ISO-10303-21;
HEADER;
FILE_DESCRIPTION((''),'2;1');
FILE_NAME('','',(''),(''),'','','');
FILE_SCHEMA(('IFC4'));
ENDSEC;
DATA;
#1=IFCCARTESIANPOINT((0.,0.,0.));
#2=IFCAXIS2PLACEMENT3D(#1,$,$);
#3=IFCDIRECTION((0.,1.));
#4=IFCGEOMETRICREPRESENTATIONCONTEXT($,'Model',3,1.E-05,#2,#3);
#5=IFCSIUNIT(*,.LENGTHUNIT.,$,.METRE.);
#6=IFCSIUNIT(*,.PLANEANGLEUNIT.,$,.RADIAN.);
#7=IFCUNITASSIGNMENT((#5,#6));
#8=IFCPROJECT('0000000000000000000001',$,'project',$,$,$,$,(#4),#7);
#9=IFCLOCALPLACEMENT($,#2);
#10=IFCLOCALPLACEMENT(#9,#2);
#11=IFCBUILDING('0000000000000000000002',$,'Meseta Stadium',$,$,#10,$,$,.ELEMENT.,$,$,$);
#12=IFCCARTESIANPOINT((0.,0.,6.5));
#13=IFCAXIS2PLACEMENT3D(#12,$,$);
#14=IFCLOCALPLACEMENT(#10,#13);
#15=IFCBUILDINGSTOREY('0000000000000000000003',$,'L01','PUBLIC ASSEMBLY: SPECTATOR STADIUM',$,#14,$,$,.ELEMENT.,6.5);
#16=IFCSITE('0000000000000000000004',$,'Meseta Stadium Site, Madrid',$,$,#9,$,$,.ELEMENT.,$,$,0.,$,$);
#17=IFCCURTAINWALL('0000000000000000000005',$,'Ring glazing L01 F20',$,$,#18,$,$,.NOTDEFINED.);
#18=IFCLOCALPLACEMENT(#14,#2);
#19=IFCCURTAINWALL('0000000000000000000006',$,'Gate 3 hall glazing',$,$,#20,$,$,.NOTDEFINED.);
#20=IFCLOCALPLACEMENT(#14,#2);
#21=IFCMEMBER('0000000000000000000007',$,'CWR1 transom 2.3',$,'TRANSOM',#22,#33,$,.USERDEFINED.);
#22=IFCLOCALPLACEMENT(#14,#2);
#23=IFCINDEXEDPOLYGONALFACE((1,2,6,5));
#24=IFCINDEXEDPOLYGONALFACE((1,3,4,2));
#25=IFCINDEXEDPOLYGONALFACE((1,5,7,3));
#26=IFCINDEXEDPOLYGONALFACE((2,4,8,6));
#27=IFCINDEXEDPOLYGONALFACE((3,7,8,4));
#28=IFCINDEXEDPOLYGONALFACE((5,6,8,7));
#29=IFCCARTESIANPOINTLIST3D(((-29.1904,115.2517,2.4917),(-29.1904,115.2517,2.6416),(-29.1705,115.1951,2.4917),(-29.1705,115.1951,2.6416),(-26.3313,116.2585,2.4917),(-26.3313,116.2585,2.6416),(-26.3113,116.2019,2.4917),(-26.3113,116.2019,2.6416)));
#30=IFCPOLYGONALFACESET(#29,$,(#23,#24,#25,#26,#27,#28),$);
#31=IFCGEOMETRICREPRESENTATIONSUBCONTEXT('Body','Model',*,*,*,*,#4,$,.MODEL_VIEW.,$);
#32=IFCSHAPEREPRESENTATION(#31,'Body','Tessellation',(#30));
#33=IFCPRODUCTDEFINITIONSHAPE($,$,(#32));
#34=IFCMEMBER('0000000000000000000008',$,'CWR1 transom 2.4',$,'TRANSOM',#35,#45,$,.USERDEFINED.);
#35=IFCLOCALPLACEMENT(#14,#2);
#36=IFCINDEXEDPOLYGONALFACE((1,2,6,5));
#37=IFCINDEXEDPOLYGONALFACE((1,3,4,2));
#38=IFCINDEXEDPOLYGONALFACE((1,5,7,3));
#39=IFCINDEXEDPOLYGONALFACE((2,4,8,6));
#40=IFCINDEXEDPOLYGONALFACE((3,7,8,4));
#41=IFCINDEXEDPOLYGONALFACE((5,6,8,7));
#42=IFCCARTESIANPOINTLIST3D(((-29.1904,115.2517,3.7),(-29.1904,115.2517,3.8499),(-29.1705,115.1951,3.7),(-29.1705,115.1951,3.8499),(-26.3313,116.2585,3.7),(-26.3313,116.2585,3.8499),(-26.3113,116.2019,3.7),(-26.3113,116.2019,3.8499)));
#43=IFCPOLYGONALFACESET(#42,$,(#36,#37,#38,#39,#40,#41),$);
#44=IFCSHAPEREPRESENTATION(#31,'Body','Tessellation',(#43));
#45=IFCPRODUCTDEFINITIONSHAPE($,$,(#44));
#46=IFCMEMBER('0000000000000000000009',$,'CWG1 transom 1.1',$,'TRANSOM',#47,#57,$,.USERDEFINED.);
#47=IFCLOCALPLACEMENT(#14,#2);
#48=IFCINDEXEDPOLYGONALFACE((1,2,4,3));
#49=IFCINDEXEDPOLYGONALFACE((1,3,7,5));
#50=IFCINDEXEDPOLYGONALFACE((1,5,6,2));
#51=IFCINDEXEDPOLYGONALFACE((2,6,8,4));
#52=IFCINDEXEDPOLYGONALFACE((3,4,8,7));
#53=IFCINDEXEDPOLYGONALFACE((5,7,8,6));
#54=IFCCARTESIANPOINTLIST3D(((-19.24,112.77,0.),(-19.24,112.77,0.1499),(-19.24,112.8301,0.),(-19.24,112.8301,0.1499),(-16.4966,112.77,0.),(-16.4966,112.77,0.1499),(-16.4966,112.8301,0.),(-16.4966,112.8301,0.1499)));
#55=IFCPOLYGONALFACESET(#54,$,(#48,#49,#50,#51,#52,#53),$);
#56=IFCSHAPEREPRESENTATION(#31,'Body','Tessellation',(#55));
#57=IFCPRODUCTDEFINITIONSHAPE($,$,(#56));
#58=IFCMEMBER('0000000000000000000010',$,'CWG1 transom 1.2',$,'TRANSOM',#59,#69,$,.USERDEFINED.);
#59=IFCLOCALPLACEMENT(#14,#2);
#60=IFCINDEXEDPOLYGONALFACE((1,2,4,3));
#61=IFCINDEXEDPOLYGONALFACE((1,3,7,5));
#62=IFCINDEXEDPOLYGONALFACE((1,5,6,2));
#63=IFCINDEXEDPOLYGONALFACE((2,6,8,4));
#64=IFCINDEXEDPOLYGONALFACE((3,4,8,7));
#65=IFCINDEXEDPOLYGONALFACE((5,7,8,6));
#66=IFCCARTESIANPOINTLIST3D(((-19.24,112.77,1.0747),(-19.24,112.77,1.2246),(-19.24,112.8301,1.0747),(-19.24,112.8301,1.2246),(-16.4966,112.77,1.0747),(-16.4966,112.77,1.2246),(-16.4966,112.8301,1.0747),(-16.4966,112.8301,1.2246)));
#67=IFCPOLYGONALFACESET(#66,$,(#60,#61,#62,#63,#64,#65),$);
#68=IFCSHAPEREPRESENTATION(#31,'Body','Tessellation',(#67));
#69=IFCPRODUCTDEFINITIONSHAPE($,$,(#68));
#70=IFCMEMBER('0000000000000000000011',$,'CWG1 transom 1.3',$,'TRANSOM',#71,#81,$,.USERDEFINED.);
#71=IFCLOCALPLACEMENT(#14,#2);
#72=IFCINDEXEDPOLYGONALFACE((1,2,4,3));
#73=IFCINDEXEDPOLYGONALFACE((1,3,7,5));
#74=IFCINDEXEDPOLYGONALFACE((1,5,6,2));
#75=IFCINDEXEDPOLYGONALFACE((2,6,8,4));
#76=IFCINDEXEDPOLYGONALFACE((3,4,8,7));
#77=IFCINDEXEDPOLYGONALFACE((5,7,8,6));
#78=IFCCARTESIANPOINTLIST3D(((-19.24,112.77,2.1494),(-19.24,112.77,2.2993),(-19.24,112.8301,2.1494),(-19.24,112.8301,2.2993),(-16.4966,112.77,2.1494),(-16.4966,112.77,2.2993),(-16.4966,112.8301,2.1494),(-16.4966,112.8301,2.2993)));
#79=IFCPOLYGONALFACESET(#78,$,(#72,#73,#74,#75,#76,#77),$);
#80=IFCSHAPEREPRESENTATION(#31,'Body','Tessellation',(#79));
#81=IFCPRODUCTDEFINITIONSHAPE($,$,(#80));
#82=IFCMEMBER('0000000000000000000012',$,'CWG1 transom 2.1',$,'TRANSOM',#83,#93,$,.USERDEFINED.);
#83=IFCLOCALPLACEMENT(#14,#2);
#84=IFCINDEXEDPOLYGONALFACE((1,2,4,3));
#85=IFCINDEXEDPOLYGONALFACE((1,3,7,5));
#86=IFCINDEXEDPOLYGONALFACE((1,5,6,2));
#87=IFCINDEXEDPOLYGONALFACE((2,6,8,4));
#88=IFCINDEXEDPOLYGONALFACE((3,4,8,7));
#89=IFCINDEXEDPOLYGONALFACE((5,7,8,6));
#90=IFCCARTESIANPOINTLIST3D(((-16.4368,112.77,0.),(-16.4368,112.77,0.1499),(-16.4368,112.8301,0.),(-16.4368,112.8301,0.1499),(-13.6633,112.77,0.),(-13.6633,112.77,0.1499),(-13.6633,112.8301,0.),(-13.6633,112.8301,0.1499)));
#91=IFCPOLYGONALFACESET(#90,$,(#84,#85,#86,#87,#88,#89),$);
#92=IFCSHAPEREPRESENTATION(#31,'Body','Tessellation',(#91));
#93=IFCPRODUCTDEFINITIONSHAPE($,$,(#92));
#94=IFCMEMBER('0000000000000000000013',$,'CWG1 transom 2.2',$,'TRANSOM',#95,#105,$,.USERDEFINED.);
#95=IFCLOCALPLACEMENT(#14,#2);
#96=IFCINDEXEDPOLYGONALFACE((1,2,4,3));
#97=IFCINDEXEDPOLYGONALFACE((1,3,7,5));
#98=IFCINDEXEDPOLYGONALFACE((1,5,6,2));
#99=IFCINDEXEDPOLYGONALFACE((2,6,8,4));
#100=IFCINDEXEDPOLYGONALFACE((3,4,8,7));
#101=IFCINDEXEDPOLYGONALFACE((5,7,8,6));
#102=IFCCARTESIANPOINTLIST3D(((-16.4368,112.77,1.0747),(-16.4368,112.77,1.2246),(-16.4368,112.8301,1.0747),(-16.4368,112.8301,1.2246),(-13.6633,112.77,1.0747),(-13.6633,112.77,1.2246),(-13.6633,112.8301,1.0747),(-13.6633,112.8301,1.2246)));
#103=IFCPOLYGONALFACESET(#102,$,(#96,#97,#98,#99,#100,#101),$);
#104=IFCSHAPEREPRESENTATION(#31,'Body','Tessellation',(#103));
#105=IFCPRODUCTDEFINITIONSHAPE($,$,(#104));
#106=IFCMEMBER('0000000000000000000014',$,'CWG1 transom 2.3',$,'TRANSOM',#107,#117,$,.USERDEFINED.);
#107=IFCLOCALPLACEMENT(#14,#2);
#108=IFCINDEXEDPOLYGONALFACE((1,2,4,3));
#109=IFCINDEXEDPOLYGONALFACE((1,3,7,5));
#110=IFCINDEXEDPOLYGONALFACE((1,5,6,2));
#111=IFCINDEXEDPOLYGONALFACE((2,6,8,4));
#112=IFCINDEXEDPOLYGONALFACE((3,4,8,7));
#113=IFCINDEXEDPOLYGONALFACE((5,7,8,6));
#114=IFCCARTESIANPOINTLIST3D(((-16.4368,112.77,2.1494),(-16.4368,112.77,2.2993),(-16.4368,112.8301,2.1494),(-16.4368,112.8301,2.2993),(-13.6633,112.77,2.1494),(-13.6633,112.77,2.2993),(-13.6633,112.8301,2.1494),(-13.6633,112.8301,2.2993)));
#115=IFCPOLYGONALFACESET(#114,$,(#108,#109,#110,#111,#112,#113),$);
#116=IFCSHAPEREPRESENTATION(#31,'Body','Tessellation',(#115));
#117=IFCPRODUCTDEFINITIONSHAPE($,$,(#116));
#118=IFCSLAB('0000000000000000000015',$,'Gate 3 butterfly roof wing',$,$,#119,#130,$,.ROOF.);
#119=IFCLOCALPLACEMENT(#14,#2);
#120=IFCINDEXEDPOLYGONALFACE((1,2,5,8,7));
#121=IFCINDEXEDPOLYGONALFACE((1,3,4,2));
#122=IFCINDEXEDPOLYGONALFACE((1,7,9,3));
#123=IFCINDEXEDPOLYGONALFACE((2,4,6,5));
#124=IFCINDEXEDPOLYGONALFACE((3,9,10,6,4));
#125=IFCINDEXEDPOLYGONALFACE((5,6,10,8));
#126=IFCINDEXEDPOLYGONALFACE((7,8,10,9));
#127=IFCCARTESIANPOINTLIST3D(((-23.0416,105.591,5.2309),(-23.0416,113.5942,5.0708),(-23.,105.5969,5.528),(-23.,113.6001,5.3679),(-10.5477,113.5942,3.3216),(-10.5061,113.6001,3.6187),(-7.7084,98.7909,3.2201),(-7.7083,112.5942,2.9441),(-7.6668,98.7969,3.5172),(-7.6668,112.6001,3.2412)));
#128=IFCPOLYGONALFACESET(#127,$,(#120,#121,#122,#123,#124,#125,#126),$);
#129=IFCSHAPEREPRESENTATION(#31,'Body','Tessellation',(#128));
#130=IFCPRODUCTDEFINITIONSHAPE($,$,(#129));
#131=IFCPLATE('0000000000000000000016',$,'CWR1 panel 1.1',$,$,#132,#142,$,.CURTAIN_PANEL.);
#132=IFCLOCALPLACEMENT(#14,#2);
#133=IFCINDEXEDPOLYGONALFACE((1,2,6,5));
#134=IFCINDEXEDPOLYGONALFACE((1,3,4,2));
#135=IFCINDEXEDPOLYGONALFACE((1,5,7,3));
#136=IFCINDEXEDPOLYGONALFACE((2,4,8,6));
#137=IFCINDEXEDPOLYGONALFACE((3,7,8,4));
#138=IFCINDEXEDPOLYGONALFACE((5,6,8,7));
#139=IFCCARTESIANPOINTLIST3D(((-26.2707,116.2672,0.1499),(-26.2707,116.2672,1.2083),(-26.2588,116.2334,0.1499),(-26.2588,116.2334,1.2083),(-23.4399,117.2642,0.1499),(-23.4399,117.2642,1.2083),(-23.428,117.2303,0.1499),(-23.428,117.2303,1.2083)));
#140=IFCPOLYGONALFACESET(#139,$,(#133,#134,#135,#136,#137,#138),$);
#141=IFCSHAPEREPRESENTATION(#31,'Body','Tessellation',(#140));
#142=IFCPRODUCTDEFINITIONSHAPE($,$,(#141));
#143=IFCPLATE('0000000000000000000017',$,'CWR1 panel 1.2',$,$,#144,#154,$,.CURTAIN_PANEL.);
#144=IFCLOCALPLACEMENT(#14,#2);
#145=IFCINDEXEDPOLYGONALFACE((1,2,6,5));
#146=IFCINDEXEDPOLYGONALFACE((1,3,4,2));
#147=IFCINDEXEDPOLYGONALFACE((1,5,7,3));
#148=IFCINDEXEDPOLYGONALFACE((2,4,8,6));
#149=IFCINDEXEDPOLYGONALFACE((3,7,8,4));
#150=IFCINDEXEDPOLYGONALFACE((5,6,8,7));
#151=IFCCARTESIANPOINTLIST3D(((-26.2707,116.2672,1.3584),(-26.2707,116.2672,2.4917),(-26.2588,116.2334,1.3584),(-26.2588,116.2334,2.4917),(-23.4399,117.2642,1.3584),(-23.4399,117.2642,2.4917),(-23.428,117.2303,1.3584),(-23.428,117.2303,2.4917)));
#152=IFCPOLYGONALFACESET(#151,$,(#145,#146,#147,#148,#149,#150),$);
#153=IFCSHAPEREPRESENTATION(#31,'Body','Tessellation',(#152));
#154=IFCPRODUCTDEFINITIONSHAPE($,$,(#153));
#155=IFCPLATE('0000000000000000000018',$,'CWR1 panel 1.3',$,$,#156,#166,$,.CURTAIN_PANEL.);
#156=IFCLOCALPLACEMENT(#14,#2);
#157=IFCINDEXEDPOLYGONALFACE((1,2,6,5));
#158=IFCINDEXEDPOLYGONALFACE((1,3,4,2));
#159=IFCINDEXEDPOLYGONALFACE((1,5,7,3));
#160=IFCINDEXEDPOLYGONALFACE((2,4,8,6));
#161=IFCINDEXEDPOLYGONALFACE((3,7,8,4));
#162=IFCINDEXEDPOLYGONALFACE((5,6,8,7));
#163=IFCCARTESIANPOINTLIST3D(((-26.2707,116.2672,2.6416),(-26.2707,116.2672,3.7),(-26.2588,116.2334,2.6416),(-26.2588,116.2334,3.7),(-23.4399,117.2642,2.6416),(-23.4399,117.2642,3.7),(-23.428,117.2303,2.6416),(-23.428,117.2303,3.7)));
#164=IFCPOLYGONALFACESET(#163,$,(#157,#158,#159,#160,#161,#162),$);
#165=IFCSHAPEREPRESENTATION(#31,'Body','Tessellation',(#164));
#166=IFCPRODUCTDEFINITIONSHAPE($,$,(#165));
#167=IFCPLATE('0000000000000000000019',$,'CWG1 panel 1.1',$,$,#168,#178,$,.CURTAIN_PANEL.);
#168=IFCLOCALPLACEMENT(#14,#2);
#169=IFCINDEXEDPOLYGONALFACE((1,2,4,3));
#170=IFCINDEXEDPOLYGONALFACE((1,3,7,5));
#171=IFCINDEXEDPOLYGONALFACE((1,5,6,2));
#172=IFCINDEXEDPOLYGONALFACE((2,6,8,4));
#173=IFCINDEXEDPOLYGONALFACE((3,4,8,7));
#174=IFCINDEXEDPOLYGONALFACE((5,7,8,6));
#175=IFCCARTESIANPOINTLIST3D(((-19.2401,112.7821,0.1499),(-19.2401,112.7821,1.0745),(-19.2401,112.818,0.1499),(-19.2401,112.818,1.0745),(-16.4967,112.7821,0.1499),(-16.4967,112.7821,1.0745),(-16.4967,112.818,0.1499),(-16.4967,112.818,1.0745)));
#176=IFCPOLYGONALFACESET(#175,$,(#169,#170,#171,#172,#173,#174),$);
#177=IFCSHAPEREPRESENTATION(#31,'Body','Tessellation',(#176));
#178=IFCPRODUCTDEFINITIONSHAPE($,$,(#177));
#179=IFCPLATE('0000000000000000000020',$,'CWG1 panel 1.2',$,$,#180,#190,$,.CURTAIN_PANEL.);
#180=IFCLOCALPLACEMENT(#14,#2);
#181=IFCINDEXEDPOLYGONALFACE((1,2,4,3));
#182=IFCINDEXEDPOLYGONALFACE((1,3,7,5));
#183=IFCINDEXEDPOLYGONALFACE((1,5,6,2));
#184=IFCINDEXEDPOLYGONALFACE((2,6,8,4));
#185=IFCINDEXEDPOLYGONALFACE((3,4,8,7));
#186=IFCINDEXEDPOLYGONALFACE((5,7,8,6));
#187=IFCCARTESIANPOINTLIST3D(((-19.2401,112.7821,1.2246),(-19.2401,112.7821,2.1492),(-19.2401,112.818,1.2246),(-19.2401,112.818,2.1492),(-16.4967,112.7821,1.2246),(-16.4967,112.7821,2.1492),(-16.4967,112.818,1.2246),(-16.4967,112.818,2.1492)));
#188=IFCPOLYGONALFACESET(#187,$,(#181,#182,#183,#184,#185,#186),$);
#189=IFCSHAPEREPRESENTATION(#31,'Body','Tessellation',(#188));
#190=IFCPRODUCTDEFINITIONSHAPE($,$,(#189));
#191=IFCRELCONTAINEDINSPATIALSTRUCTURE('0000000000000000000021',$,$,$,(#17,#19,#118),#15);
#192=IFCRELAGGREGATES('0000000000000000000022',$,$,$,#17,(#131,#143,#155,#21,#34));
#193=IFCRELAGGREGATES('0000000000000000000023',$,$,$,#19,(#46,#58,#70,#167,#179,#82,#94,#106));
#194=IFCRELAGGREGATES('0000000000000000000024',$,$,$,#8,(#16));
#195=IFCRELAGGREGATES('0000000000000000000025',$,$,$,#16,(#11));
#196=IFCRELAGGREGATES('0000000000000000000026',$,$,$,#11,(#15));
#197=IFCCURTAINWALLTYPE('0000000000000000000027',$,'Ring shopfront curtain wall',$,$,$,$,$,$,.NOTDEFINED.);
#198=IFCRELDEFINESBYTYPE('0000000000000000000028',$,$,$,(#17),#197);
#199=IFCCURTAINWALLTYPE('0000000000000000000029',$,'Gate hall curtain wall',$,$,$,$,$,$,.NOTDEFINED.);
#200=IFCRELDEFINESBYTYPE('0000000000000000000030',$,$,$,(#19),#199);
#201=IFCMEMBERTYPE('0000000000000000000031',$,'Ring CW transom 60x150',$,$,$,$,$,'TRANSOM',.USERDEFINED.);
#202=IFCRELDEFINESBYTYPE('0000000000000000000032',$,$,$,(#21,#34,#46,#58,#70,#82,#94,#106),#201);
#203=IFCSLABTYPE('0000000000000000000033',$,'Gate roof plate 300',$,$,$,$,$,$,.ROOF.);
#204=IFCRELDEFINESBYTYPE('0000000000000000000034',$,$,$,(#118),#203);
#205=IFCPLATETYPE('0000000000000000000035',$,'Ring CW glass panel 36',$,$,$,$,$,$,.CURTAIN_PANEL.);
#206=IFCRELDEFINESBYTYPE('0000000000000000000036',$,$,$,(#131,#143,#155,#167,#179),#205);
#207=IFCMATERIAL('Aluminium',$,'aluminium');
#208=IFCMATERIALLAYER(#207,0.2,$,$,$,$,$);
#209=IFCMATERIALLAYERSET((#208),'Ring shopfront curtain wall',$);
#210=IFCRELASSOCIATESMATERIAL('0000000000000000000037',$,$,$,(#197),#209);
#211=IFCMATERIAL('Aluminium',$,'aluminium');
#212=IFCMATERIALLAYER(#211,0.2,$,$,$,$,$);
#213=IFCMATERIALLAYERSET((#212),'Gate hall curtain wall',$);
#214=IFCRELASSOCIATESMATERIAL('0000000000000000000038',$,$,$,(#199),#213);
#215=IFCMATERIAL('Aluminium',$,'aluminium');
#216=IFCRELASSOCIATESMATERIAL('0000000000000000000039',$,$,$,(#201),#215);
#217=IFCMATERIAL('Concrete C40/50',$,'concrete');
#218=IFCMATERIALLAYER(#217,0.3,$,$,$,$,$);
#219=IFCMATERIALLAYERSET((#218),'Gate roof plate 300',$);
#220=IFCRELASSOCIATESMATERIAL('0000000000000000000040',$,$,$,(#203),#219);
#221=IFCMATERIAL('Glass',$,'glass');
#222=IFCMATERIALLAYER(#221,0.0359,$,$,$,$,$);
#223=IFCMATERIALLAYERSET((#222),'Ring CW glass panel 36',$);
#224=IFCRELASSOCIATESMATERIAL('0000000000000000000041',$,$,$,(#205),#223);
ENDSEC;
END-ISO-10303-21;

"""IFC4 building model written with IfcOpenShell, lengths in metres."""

from ifc_helpers import new_model, si_unit, direction, frame, origin, origin_2d, place, context, subcontext, project, spatial, polyline, rectangle, outline, extrude, material, layer, layer_set, material_profile, profile_set, type_object, element, aggregate, save


model = new_model("IFC4")

# Units and contexts
model_context = context("Model", 3, precision=1e-05, world=origin(), true_north=direction((0.0, 1.0)))
body_context = subcontext(model_context, "Body", "Model", "MODEL_VIEW")
ifc_project = project(units=[si_unit("LENGTHUNIT", "METRE"), si_unit("PLANEANGLEUNIT", "RADIAN")], contexts=[model_context])

# Site, building, storey
site_placement = place(None, origin())
site = spatial("IfcSite", under=ifc_project, at=site_placement, Name="Meseta Stadium Site, Madrid", CompositionType="ELEMENT", RefElevation=0.0)
building_placement = place(site_placement, origin())
building = spatial("IfcBuilding", under=site, at=building_placement, Name="Meseta Stadium", CompositionType="ELEMENT")
storey_placement = place(building_placement, frame((0.0, 0.0, 6.5)))
storey = spatial("IfcBuildingStorey", under=building, at=storey_placement, Name="L01", Description="PUBLIC ASSEMBLY: SPECTATOR STADIUM", CompositionType="ELEMENT", Elevation=6.5)

# Curtain walls
ifc_material_1 = material(Name="Aluminium", Category="aluminium")
ifc_layer_1 = layer(ifc_material_1, 0.2)
ifc_layer_set_1 = layer_set([ifc_layer_1], Name="Ring shopfront curtain wall")
curtain_wall_type_1 = type_object("IfcCurtainWallType", Name="Ring shopfront curtain wall", PredefinedType="NOTDEFINED", material=ifc_layer_set_1)
curtain_wall_1_placement = place(storey_placement, origin())
curtain_wall_1 = element("IfcCurtainWall", 1, at=curtain_wall_1_placement, inside=storey, type_object=curtain_wall_type_1, Name="Ring glazing L01 F20", PredefinedType="NOTDEFINED")
ifc_material_2 = material(Name="Aluminium", Category="aluminium")
ifc_layer_2 = layer(ifc_material_2, 0.2)
ifc_layer_set_2 = layer_set([ifc_layer_2], Name="Gate hall curtain wall")
curtain_wall_type_2 = type_object("IfcCurtainWallType", Name="Gate hall curtain wall", PredefinedType="NOTDEFINED", material=ifc_layer_set_2)
curtain_wall_2_placement = place(storey_placement, origin())
curtain_wall_2 = element("IfcCurtainWall", 2, at=curtain_wall_2_placement, inside=storey, type_object=curtain_wall_type_2, Name="Gate 3 hall glazing", PredefinedType="NOTDEFINED")

# Members
ifc_material_3 = material(Name="Aluminium", Category="aluminium")
ifc_material_profile_1 = material_profile(ifc_material_3, rectangle(XDim=0.0601, YDim=0.1499, at=origin_2d()), Name="CW 60x150")
ifc_profile_set_1 = profile_set([ifc_material_profile_1], Name="Aluminium")
member_type_1 = type_object("IfcMemberType", Name="Ring CW transom 60x150", ElementType="TRANSOM", PredefinedType="USERDEFINED", material=ifc_profile_set_1)
member_1_placement = place(storey_placement, frame((-26.3213, 116.2302, 2.5667), z_axis=(-0.943225, -0.332154, 0.0), x_axis=(0.332154, -0.943225, 0.0)))
member_1 = element("IfcMember", 3, at=member_1_placement, type_object=member_type_1, Name="CWR1 transom 2.3", ObjectType="TRANSOM", PredefinedType="USERDEFINED", context=body_context, shape_type="SweptSolid", body=[
    extrude(rectangle(XDim=0.0601, YDim=0.1499, at=origin_2d()), origin(), (0.0, 0.0, 1.0), 3.0312),
])
member_2_placement = place(storey_placement, frame((-26.3213, 116.2302, 3.7749), z_axis=(-0.943225, -0.332154, 0.0), x_axis=(0.332154, -0.943225, 0.0)))
member_2 = element("IfcMember", 4, at=member_2_placement, type_object=member_type_1, Name="CWR1 transom 2.4", ObjectType="TRANSOM", PredefinedType="USERDEFINED", context=body_context, shape_type="SweptSolid", body=[
    extrude(rectangle(XDim=0.0601, YDim=0.1499, at=origin_2d()), origin(), (0.0, 0.0, 1.0), 3.0312),
])
member_3_placement = place(storey_placement, frame((-19.24, 112.8, 0.075), z_axis=(1.0, 0.0, 0.0), x_axis=(0.0, 1.0, 0.0)))
member_3 = element("IfcMember", 5, at=member_3_placement, type_object=member_type_1, Name="CWG1 transom 1.1", ObjectType="TRANSOM", PredefinedType="USERDEFINED", context=body_context, shape_type="SweptSolid", body=[
    extrude(rectangle(XDim=0.0601, YDim=0.1499, at=origin_2d()), origin(), (0.0, 0.0, 1.0), 2.7434),
])
member_4_placement = place(storey_placement, frame((-19.24, 112.8, 1.1497), z_axis=(1.0, 0.0, 0.0), x_axis=(0.0, 1.0, 0.0)))
member_4 = element("IfcMember", 6, at=member_4_placement, type_object=member_type_1, Name="CWG1 transom 1.2", ObjectType="TRANSOM", PredefinedType="USERDEFINED", context=body_context, shape_type="SweptSolid", body=[
    extrude(rectangle(XDim=0.0601, YDim=0.1499, at=origin_2d()), origin(), (0.0, 0.0, 1.0), 2.7434),
])
member_5_placement = place(storey_placement, frame((-19.24, 112.8, 2.2244), z_axis=(1.0, 0.0, 0.0), x_axis=(0.0, 1.0, 0.0)))
member_5 = element("IfcMember", 7, at=member_5_placement, type_object=member_type_1, Name="CWG1 transom 1.3", ObjectType="TRANSOM", PredefinedType="USERDEFINED", context=body_context, shape_type="SweptSolid", body=[
    extrude(rectangle(XDim=0.0601, YDim=0.1499, at=origin_2d()), origin(), (0.0, 0.0, 1.0), 2.7434),
])
member_6_placement = place(storey_placement, frame((-16.4368, 112.8, 0.075), z_axis=(1.0, 0.0, 0.0), x_axis=(0.0, 1.0, 0.0)))
member_6 = element("IfcMember", 8, at=member_6_placement, type_object=member_type_1, Name="CWG1 transom 2.1", ObjectType="TRANSOM", PredefinedType="USERDEFINED", context=body_context, shape_type="SweptSolid", body=[
    extrude(rectangle(XDim=0.0601, YDim=0.1499, at=origin_2d()), origin(), (0.0, 0.0, 1.0), 2.7734),
])
member_7_placement = place(storey_placement, frame((-16.4368, 112.8, 1.1497), z_axis=(1.0, 0.0, 0.0), x_axis=(0.0, 1.0, 0.0)))
member_7 = element("IfcMember", 9, at=member_7_placement, type_object=member_type_1, Name="CWG1 transom 2.2", ObjectType="TRANSOM", PredefinedType="USERDEFINED", context=body_context, shape_type="SweptSolid", body=[
    extrude(rectangle(XDim=0.0601, YDim=0.1499, at=origin_2d()), origin(), (0.0, 0.0, 1.0), 2.7734),
])
member_8_placement = place(storey_placement, frame((-16.4368, 112.8, 2.2244), z_axis=(1.0, 0.0, 0.0), x_axis=(0.0, 1.0, 0.0)))
member_8 = element("IfcMember", 10, at=member_8_placement, type_object=member_type_1, Name="CWG1 transom 2.3", ObjectType="TRANSOM", PredefinedType="USERDEFINED", context=body_context, shape_type="SweptSolid", body=[
    extrude(rectangle(XDim=0.0601, YDim=0.1499, at=origin_2d()), origin(), (0.0, 0.0, 1.0), 2.7734),
])

# Slab
ifc_material_4 = material(Name="Concrete C40/50", Category="concrete")
ifc_layer_3 = layer(ifc_material_4, 0.3)
ifc_layer_set_3 = layer_set([ifc_layer_3], Name="Gate roof plate 300")
slab_type = type_object("IfcSlabType", Name="Gate roof plate 300", PredefinedType="ROOF", material=ifc_layer_set_3)
slab_placement = place(storey_placement, frame((-23.0, 113.6001, 5.3679), z_axis=(0.138626, 0.019802, 0.990147), x_axis=(-0.000002, -0.9998, 0.019996)))
element("IfcSlab", 11, at=slab_placement, inside=storey, type_object=slab_type, Name="Gate 3 butterfly roof wing", PredefinedType="ROOF", context=body_context, shape_type="SweptSolid", body=[
    extrude(outline(polyline([(0.0, 0.0), (8.0048, 0.0), (14.7632, 15.4828), (0.9572, 15.4827), (-0.035, 12.6157), (0.0, 0.0)])), origin(), (0.0, 0.0, -1.0), 0.3),
])

# Plates
ifc_material_5 = material(Name="Glass", Category="glass")
ifc_layer_4 = layer(ifc_material_5, 0.0359)
ifc_layer_set_4 = layer_set([ifc_layer_4], Name="Ring CW glass panel 36")
plate_type = type_object("IfcPlateType", Name="Ring CW glass panel 36", PredefinedType="CURTAIN_PANEL", material=ifc_layer_set_4)
plate_1_placement = place(storey_placement, frame((-24.8494, 116.7488, 0.1499), z_axis=(0.0, 0.0, 1.0), x_axis=(-0.943218, -0.332174, 0.0)))
plate_1 = element("IfcPlate", 12, at=plate_1_placement, type_object=plate_type, Name="CWR1 panel 1.1", PredefinedType="CURTAIN_PANEL", context=body_context, shape_type="SweptSolid", body=[
    extrude(rectangle(XDim=3.0012, YDim=0.0359, at=origin_2d()), origin(), (0.0, 0.0, 1.0), 1.0583),
])
plate_2_placement = place(storey_placement, frame((-24.8494, 116.7488, 1.3584), z_axis=(0.0, 0.0, 1.0), x_axis=(-0.943218, -0.332174, 0.0)))
plate_2 = element("IfcPlate", 13, at=plate_2_placement, type_object=plate_type, Name="CWR1 panel 1.2", PredefinedType="CURTAIN_PANEL", context=body_context, shape_type="SweptSolid", body=[
    extrude(rectangle(XDim=3.0012, YDim=0.0359, at=origin_2d()), origin(), (0.0, 0.0, 1.0), 1.1333),
])
plate_3_placement = place(storey_placement, frame((-24.8494, 116.7488, 2.6416), z_axis=(0.0, 0.0, 1.0), x_axis=(-0.943218, -0.332174, 0.0)))
plate_3 = element("IfcPlate", 14, at=plate_3_placement, type_object=plate_type, Name="CWR1 panel 1.3", PredefinedType="CURTAIN_PANEL", context=body_context, shape_type="SweptSolid", body=[
    extrude(rectangle(XDim=3.0012, YDim=0.0359, at=origin_2d()), origin(), (0.0, 0.0, 1.0), 1.0583),
])
aggregate(curtain_wall_1, [plate_1, plate_2, plate_3, member_1, member_2])
plate_4_placement = place(storey_placement, frame((-17.8684, 112.8, 0.1499), z_axis=(0.0, 0.0, 1.0), x_axis=(1.0, 0.0, 0.0)))
plate_4 = element("IfcPlate", 15, at=plate_4_placement, type_object=plate_type, Name="CWG1 panel 1.1", PredefinedType="CURTAIN_PANEL", context=body_context, shape_type="SweptSolid", body=[
    extrude(rectangle(XDim=2.7434, YDim=0.0359, at=origin_2d()), origin(), (0.0, 0.0, 1.0), 0.9246),
])
plate_5_placement = place(storey_placement, frame((-17.8684, 112.8, 1.2246), z_axis=(0.0, 0.0, 1.0), x_axis=(1.0, 0.0, 0.0)))
plate_5 = element("IfcPlate", 16, at=plate_5_placement, type_object=plate_type, Name="CWG1 panel 1.2", PredefinedType="CURTAIN_PANEL", context=body_context, shape_type="SweptSolid", body=[
    extrude(rectangle(XDim=2.7434, YDim=0.0359, at=origin_2d()), origin(), (0.0, 0.0, 1.0), 0.9246),
])
aggregate(curtain_wall_2, [member_3, member_4, member_5, plate_4, plate_5, member_6, member_7, member_8])

save(model, "model.ifc")
